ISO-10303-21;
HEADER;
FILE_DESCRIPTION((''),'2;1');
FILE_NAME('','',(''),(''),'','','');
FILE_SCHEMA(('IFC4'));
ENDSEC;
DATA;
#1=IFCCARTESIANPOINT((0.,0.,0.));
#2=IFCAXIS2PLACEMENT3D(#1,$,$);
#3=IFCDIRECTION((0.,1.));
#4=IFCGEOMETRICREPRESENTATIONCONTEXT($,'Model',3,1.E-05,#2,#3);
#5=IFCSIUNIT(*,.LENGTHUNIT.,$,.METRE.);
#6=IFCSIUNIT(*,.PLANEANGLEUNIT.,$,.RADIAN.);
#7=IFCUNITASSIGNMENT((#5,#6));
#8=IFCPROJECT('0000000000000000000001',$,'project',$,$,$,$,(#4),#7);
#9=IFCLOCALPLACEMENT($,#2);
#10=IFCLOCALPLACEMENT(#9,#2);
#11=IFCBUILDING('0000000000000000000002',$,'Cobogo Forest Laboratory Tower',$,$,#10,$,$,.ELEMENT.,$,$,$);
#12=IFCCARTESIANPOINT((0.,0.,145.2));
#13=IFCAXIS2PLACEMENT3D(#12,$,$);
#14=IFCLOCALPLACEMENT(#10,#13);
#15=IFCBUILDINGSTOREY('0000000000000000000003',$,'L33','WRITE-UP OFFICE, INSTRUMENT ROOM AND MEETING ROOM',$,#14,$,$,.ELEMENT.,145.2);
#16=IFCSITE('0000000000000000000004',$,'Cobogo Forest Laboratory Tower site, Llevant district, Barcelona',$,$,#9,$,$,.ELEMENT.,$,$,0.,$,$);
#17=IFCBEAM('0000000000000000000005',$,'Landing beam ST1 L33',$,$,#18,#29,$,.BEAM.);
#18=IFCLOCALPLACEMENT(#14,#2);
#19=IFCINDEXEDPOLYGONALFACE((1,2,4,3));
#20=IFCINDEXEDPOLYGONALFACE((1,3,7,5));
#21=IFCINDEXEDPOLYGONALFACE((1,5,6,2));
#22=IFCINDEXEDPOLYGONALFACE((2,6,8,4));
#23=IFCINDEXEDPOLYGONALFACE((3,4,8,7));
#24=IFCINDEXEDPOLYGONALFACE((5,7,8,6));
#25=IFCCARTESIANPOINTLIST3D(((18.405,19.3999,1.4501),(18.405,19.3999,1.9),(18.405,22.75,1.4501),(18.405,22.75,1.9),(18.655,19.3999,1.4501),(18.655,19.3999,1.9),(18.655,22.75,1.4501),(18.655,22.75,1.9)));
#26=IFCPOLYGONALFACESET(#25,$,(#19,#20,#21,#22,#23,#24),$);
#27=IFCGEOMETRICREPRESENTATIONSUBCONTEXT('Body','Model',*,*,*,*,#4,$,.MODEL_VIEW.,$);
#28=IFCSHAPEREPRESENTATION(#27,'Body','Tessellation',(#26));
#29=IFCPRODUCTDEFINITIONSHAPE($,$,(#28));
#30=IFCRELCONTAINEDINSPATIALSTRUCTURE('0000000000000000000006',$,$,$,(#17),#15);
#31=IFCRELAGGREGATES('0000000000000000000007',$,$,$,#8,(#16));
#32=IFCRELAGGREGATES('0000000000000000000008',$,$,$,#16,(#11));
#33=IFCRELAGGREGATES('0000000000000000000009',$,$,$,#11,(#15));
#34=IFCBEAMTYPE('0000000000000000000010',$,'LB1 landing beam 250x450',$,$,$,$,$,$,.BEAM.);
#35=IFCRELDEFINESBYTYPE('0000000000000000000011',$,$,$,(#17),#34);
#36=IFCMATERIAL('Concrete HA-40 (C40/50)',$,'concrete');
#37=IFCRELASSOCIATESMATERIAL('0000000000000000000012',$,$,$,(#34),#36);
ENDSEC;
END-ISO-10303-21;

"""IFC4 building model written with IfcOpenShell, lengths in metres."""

from ifc_helpers import new_model, si_unit, direction, frame, origin, origin_2d, place, context, subcontext, project, spatial, rectangle, extrude, material, material_profile, profile_set, type_object, element, save


model = new_model("IFC4")

# Units and contexts
model_context = context("Model", 3, precision=1e-05, world=origin(), true_north=direction((0.0, 1.0)))
body_context = subcontext(model_context, "Body", "Model", "MODEL_VIEW")
ifc_project = project(units=[si_unit("LENGTHUNIT", "METRE"), si_unit("PLANEANGLEUNIT", "RADIAN")], contexts=[model_context])

# Site, building, storey
site_placement = place(None, origin())
site = spatial("IfcSite", under=ifc_project, at=site_placement, Name="Cobogo Forest Laboratory Tower site, Llevant district, Barcelona", CompositionType="ELEMENT", RefElevation=0.0)
building_placement = place(site_placement, origin())
building = spatial("IfcBuilding", under=site, at=building_placement, Name="Cobogo Forest Laboratory Tower", CompositionType="ELEMENT")
storey_placement = place(building_placement, frame((0.0, 0.0, 145.2)))
storey = spatial("IfcBuildingStorey", under=building, at=storey_placement, Name="L33", Description="WRITE-UP OFFICE, INSTRUMENT ROOM AND MEETING ROOM", CompositionType="ELEMENT", Elevation=145.2)

# Beam
ifc_material_1 = material(Name="Concrete HA-40 (C40/50)", Category="concrete")
ifc_material_profile = material_profile(ifc_material_1, rectangle(XDim=0.25, YDim=0.45, at=origin_2d()), Name="RC 250x450")
ifc_profile_set = profile_set([ifc_material_profile], Name="Concrete HA-40 (C40/50)")
beam_type = type_object("IfcBeamType", Name="LB1 landing beam 250x450", PredefinedType="BEAM", material=ifc_profile_set)
beam_placement = place(storey_placement, frame((18.53, 19.3999, 1.675), z_axis=(0.0, 1.0, 0.0), x_axis=(-1.0, 0.0, 0.0)))
element("IfcBeam", 1, at=beam_placement, inside=storey, type_object=beam_type, Name="Landing beam ST1 L33", PredefinedType="BEAM", context=body_context, shape_type="SweptSolid", body=[
    extrude(rectangle(XDim=0.25, YDim=0.45, at=origin_2d()), origin(), (0.0, 0.0, 1.0), 3.3501),
])

save(model, "model.ifc")
